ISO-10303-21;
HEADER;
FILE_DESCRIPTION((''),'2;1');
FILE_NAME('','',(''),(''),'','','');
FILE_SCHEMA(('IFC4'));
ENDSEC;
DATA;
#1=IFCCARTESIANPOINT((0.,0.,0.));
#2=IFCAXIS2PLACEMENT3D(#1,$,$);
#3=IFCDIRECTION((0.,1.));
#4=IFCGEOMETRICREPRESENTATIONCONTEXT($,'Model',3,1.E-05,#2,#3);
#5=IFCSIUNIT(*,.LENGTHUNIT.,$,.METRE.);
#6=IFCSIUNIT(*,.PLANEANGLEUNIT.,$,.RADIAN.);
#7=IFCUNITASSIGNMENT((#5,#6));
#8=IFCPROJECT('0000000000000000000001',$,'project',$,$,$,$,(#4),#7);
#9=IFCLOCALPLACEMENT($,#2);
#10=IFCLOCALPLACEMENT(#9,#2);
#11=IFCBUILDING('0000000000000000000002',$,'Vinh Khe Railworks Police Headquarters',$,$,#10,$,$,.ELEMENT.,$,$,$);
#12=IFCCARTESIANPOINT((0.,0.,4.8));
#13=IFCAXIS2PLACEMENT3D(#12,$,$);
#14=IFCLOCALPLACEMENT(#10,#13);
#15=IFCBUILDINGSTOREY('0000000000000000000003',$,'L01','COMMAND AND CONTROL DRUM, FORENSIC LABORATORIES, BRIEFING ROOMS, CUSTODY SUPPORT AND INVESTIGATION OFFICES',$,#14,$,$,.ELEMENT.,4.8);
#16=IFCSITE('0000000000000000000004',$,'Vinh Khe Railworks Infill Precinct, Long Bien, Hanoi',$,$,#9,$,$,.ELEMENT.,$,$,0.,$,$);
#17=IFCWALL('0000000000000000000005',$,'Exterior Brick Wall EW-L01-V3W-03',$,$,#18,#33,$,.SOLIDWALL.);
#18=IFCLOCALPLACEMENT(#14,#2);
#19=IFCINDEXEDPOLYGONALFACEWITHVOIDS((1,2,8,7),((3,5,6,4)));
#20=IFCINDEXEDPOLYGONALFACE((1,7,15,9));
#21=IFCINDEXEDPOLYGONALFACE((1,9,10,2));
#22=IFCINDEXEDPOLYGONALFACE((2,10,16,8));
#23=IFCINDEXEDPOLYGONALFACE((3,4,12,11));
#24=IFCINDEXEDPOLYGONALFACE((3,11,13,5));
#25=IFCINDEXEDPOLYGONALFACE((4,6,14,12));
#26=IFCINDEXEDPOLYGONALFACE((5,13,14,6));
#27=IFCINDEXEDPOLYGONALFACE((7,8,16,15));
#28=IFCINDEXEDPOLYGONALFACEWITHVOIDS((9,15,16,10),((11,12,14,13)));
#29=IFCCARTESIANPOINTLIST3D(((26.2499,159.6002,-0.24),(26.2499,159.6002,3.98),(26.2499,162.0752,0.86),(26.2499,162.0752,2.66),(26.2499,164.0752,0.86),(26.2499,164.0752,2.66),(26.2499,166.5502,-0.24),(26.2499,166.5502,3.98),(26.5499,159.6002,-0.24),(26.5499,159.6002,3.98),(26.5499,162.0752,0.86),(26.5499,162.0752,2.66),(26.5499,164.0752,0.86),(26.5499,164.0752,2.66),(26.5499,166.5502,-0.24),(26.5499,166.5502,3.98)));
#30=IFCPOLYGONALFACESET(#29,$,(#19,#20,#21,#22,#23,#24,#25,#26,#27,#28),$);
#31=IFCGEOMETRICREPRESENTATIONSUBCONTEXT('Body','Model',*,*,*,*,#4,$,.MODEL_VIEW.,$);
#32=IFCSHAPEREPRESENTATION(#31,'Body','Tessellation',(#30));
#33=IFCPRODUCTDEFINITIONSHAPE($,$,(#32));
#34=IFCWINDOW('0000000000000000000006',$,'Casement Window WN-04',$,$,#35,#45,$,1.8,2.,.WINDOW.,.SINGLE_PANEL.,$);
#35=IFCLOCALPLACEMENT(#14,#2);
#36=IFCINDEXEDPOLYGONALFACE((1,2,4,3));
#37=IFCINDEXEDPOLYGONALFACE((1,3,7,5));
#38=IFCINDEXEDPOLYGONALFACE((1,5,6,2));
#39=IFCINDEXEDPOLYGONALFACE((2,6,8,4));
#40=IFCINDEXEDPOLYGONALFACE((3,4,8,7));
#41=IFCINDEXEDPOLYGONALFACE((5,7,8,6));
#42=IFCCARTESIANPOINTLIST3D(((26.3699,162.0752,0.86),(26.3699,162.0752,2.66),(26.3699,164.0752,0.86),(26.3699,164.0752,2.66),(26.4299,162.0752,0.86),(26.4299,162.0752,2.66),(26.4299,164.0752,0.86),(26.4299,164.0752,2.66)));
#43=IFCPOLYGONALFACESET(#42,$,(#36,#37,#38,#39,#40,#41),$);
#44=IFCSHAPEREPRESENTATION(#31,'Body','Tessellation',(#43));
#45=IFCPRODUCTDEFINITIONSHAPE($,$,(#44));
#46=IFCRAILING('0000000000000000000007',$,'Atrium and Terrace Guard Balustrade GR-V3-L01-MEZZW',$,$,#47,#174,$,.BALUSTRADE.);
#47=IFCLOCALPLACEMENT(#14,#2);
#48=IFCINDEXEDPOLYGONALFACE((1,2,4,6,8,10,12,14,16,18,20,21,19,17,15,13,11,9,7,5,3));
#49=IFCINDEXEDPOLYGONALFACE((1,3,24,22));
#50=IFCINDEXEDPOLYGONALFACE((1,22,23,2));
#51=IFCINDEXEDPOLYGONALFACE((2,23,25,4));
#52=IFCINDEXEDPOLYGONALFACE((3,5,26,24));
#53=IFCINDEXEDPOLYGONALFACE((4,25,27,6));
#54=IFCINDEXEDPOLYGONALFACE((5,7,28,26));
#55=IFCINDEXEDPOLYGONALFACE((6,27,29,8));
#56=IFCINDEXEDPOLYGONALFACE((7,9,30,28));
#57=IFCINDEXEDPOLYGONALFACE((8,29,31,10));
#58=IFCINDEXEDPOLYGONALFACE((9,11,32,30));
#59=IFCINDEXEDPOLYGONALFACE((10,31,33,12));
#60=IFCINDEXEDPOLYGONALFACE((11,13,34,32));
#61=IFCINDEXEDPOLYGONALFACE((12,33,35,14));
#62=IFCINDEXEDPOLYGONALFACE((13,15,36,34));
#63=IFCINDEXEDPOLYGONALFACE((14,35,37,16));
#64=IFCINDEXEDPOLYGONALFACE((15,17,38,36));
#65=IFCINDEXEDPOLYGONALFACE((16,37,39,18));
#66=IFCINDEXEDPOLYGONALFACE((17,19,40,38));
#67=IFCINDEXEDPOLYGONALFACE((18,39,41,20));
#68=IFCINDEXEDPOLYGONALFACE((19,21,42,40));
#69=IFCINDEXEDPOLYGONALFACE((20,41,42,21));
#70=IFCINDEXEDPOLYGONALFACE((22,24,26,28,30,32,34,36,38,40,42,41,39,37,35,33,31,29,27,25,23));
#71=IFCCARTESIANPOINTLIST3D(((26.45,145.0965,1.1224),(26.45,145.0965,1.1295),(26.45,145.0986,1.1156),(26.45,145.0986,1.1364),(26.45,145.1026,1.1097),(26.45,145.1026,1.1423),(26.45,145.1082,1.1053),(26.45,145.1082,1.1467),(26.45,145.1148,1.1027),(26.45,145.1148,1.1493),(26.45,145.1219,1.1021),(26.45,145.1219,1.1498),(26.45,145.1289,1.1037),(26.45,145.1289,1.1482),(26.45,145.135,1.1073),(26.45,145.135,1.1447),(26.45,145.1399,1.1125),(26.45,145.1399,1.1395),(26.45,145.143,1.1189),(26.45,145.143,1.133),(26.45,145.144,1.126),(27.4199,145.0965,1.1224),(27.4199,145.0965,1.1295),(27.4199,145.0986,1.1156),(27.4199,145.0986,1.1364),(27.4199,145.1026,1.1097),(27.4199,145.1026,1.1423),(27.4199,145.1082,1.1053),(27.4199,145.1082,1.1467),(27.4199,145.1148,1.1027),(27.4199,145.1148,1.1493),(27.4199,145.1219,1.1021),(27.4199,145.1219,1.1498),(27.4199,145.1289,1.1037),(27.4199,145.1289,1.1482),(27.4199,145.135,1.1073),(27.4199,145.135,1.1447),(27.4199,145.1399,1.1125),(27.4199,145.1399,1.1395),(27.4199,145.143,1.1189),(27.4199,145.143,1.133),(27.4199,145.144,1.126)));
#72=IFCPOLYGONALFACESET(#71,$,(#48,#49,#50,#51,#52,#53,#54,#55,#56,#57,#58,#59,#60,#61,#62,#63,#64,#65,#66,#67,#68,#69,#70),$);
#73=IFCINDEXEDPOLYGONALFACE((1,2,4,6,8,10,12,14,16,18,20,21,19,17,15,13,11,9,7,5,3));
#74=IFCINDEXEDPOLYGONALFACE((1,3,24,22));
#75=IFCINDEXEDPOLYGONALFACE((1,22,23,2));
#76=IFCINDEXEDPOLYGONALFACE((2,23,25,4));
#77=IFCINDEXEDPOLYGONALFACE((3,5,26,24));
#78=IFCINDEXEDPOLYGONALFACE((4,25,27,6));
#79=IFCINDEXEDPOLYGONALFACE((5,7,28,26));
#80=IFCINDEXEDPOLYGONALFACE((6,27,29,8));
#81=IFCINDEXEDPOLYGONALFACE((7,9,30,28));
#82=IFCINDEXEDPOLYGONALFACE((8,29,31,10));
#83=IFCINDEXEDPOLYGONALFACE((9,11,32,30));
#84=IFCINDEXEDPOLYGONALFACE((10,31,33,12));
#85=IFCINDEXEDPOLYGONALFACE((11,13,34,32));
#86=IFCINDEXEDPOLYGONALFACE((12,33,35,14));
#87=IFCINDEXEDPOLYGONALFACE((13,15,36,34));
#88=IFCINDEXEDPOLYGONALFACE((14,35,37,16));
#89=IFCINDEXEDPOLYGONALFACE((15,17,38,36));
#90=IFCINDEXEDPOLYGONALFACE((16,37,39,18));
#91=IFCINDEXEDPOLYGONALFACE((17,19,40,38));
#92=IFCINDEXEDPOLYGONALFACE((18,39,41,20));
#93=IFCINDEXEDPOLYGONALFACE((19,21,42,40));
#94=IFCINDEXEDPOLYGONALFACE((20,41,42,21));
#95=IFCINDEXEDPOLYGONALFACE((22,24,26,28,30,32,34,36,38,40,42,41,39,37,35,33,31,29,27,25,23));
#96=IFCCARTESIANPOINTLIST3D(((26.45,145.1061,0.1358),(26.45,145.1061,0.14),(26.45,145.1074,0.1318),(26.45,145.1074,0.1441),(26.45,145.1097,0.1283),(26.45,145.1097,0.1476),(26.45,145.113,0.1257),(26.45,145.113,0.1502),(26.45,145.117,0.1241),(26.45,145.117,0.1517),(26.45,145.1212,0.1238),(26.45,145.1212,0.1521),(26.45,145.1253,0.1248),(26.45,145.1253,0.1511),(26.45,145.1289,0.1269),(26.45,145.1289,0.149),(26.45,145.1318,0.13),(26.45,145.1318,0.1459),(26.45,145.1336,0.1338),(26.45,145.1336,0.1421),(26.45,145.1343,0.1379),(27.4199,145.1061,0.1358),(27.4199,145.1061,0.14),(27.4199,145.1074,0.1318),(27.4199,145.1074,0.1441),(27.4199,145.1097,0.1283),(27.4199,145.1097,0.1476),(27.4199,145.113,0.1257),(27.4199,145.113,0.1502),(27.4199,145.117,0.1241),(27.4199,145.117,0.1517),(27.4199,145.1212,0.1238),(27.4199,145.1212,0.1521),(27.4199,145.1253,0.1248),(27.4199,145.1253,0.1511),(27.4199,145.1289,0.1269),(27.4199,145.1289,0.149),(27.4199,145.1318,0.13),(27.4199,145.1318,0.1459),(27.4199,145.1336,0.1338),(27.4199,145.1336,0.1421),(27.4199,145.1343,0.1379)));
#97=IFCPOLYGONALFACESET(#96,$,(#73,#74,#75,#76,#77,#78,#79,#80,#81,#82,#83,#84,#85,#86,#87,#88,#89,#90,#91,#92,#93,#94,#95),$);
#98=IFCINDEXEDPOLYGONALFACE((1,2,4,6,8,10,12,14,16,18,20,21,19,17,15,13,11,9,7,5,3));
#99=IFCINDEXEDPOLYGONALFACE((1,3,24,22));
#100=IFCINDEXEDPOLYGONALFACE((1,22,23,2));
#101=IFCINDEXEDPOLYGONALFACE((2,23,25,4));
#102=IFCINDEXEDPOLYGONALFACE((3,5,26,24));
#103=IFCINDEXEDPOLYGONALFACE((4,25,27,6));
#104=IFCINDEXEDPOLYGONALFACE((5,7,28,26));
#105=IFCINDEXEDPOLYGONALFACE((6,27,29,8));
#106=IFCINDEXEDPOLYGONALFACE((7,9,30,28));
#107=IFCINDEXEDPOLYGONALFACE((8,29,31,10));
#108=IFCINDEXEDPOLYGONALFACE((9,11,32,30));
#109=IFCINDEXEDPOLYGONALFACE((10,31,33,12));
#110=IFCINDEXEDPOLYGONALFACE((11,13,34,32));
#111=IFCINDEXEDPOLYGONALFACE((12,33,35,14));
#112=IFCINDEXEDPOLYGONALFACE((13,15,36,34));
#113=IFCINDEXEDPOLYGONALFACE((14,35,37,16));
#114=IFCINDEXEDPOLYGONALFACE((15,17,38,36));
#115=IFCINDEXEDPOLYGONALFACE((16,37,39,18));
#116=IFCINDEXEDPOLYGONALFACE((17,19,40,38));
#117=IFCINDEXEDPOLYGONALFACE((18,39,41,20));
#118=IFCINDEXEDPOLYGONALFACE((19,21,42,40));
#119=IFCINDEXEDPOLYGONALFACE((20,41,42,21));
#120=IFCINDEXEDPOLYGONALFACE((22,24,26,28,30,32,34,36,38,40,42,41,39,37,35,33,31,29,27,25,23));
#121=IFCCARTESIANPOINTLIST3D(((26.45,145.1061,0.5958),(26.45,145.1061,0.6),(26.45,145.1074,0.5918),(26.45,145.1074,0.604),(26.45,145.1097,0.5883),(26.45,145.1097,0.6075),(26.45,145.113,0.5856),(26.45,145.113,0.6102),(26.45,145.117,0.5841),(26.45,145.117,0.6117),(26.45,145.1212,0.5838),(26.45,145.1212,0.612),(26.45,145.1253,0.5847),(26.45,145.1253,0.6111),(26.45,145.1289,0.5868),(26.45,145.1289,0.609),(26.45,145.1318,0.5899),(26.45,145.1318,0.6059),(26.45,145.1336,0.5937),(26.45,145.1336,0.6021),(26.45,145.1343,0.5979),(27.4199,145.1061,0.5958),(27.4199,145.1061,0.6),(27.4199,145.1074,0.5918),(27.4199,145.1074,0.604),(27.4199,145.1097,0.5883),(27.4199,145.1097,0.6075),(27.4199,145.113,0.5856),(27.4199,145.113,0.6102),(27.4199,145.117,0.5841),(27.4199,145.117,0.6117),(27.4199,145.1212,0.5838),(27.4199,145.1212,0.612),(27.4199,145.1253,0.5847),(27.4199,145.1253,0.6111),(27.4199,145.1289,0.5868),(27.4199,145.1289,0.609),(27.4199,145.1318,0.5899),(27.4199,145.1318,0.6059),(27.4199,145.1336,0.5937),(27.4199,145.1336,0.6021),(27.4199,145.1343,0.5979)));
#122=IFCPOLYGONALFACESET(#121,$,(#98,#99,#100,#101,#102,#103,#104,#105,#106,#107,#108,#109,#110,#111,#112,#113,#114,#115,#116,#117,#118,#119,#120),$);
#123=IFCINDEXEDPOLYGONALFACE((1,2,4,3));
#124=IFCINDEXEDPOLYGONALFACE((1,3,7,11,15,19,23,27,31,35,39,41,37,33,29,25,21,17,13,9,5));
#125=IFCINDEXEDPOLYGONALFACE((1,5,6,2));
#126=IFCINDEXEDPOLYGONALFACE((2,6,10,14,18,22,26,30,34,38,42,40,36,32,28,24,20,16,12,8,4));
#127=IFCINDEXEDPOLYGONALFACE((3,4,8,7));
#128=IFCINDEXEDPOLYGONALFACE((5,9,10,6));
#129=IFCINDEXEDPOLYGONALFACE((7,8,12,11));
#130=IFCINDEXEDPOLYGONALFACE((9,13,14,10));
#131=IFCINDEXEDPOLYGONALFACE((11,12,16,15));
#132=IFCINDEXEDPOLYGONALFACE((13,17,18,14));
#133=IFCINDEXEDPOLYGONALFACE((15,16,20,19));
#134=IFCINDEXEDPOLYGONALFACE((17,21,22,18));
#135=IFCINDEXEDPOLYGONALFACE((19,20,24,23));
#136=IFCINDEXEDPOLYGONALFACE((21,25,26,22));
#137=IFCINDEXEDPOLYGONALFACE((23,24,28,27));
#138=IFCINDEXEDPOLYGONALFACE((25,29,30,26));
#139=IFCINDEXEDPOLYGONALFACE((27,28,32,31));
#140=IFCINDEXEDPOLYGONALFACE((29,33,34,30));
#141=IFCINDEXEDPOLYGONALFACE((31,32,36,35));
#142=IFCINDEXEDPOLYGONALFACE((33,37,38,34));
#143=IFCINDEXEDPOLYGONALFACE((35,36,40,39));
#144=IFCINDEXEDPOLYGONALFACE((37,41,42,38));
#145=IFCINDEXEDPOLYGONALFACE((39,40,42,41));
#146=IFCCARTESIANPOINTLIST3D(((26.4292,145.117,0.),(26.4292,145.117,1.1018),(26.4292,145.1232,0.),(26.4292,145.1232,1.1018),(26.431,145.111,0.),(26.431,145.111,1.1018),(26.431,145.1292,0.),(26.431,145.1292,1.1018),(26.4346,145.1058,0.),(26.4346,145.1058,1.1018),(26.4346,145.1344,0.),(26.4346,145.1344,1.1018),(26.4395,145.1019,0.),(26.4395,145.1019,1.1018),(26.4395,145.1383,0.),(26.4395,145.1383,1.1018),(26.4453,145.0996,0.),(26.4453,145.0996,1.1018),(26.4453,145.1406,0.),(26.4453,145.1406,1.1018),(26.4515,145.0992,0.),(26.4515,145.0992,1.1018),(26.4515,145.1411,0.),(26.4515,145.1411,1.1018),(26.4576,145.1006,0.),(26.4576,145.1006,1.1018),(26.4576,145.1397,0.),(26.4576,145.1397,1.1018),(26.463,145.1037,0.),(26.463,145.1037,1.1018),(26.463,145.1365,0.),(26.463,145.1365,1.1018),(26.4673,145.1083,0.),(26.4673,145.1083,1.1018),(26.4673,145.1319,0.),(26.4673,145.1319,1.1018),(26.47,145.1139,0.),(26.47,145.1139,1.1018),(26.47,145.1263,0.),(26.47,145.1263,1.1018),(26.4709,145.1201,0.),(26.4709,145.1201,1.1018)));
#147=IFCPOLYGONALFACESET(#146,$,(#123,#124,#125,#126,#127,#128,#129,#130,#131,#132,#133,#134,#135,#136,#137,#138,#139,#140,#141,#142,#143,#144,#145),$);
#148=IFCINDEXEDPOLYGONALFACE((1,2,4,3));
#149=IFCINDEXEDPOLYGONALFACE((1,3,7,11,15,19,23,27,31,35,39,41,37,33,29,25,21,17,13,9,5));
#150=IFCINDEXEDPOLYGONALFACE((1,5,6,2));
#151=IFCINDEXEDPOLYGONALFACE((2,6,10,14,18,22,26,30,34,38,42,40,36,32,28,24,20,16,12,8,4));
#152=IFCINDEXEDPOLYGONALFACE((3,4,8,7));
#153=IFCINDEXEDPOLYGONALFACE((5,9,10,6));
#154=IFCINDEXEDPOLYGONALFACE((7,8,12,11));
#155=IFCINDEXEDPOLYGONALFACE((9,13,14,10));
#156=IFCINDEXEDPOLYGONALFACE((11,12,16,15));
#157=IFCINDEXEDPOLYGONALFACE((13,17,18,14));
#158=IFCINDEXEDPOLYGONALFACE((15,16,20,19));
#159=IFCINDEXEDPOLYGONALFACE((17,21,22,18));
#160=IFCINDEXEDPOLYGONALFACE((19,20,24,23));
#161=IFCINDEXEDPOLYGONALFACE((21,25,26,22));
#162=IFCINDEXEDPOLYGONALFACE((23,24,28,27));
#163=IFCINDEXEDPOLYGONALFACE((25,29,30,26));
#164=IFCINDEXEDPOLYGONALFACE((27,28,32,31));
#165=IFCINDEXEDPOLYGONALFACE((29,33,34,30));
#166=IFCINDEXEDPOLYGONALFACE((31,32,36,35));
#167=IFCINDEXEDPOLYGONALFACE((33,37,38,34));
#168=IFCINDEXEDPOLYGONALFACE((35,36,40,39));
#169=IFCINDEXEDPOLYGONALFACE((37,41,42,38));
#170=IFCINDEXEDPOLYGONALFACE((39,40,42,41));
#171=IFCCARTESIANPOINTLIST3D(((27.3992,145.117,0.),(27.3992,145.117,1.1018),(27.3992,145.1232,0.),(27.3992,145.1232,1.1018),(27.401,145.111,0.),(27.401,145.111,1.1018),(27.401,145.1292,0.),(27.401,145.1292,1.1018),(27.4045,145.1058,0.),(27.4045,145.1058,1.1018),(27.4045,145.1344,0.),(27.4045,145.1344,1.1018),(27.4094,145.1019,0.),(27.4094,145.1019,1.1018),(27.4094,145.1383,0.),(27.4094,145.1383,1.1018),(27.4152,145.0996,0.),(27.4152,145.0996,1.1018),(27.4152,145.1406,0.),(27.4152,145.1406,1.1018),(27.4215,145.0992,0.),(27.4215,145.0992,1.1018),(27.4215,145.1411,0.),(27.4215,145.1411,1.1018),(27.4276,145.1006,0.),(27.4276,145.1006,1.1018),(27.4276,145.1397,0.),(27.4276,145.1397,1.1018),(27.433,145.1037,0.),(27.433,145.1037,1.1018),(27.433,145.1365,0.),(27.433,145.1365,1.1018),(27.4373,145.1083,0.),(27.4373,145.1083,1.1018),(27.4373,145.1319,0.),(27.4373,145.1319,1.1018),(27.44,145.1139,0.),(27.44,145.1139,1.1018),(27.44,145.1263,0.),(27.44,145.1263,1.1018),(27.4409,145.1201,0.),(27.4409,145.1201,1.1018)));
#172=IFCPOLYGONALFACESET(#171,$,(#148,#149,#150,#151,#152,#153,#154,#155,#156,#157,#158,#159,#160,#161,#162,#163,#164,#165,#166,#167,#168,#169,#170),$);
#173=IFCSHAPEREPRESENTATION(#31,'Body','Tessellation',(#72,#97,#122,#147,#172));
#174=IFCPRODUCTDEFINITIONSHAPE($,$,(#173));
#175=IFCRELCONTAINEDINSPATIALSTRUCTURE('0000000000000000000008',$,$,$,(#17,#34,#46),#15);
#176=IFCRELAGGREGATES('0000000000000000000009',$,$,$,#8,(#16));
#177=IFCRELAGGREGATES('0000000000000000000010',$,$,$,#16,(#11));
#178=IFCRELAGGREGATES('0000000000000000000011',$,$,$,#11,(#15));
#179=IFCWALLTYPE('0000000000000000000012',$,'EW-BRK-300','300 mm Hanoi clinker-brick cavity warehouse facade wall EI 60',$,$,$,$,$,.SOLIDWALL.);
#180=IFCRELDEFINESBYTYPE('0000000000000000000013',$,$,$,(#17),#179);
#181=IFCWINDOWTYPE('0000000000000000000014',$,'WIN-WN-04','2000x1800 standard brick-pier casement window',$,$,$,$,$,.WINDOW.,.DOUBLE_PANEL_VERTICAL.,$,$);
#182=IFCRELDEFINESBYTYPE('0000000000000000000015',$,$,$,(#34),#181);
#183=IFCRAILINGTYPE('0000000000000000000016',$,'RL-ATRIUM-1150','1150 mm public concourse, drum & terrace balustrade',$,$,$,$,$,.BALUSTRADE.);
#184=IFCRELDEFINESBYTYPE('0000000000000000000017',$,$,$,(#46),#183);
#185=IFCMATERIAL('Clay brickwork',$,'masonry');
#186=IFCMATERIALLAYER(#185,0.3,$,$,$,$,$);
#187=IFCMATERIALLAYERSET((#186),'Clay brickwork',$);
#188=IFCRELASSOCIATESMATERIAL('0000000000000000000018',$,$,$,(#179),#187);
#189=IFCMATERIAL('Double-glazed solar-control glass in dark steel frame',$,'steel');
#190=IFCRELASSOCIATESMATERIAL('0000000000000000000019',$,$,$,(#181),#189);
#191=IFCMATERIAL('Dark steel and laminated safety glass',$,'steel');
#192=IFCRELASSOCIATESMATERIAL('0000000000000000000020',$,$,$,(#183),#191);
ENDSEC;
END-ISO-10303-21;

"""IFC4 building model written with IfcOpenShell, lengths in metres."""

from ifc_helpers import new_model, si_unit, direction, frame, frame_2d, origin, origin_2d, place, context, subcontext, project, spatial, rectangle, circle, extrude, material, layer, layer_set, type_object, element, fill, save


model = new_model("IFC4")

# Units and contexts
model_context = context("Model", 3, precision=1e-05, world=origin(), true_north=direction((0.0, 1.0)))
body_context = subcontext(model_context, "Body", "Model", "MODEL_VIEW")
ifc_project = project(units=[si_unit("LENGTHUNIT", "METRE"), si_unit("PLANEANGLEUNIT", "RADIAN")], contexts=[model_context])

# Site, building, storey
site_placement = place(None, origin())
site = spatial("IfcSite", under=ifc_project, at=site_placement, Name="Vinh Khe Railworks Infill Precinct, Long Bien, Hanoi", CompositionType="ELEMENT", RefElevation=0.0)
building_placement = place(site_placement, origin())
building = spatial("IfcBuilding", under=site, at=building_placement, Name="Vinh Khe Railworks Police Headquarters", CompositionType="ELEMENT")
storey_placement = place(building_placement, frame((0.0, 0.0, 4.8)))
storey = spatial("IfcBuildingStorey", under=building, at=storey_placement, Name="L01", Description="COMMAND AND CONTROL DRUM, FORENSIC LABORATORIES, BRIEFING ROOMS, CUSTODY SUPPORT AND INVESTIGATION OFFICES", CompositionType="ELEMENT", Elevation=4.8)

# Shared definitions
ifc_material_1 = material(Name="Clay brickwork", Category="masonry")
ifc_layer_1 = layer(ifc_material_1, 0.3)
ifc_layer_set_1 = layer_set([ifc_layer_1], Name="Clay brickwork")
wall_type_1 = type_object("IfcWallType", Name="EW-BRK-300", Description="300 mm Hanoi clinker-brick cavity warehouse facade wall EI 60", PredefinedType="SOLIDWALL", material=ifc_layer_set_1)
ifc_material_2 = material(Name="Double-glazed solar-control glass in dark steel frame", Category="steel")
window_type_1 = type_object("IfcWindowType", Name="WIN-WN-04", Description="2000x1800 standard brick-pier casement window", PartitioningType="DOUBLE_PANEL_VERTICAL", PredefinedType="WINDOW", material=ifc_material_2)

# Wall, opening, window
wall_1_placement = place(storey_placement, frame((26.3999, 159.6001, -0.24), z_axis=(0.0, 0.0, 1.0), x_axis=(0.0, 1.0, 0.0)))
wall_1 = element("IfcWall", 1, at=wall_1_placement, inside=storey, type_object=wall_type_1, Name="Exterior Brick Wall EW-L01-V3W-03", PredefinedType="SOLIDWALL", context=body_context, shape_type="SweptSolid", body=[
    extrude(rectangle(XDim=6.95, YDim=0.3, at=frame_2d((3.4751, 0.0))), origin(), (0.0, 0.0, 1.0), 4.22),
])
opening_1_placement = place(wall_1_placement, frame((2.4751, 0.0, 1.1001)))
opening_1 = element("IfcOpeningElement", 2, at=opening_1_placement, cuts=wall_1, PredefinedType="OPENING", context=body_context, shape_type="SweptSolid", body=[
    extrude(rectangle(XDim=2.0, YDim=1.8, at=frame_2d((1.0, 0.8999))), frame((0.0, 0.165, 0.0), z_axis=(0.0, -1.0, 0.0), x_axis=(1.0, 0.0, 0.0)), (0.0, 0.0, 1.0), 0.3298),
])
window_1_placement = place(opening_1_placement, origin())
window_1 = element("IfcWindow", 3, at=window_1_placement, inside=storey, type_object=window_type_1, Name="Casement Window WN-04", OverallHeight=1.8, OverallWidth=2.0, PartitioningType="SINGLE_PANEL", PredefinedType="WINDOW", context=body_context, shape_type="SweptSolid", body=[
    extrude(rectangle(XDim=2.0, YDim=1.8, at=frame_2d((1.0, 0.8999))), frame((0.0, 0.03, 0.0), z_axis=(0.0, -1.0, 0.0), x_axis=(1.0, 0.0, 0.0)), (0.0, 0.0, 1.0), 0.0601),
])
fill(opening_1, window_1)

# Railing
ifc_material_3 = material(Name="Dark steel and laminated safety glass", Category="steel")
railing_type_1 = type_object("IfcRailingType", Name="RL-ATRIUM-1150", Description="1150 mm public concourse, drum & terrace balustrade", PredefinedType="BALUSTRADE", material=ifc_material_3)
railing_1_placement = place(storey_placement, frame((26.45, 145.1201, 0.0)))
element("IfcRailing", 4, at=railing_1_placement, inside=storey, type_object=railing_type_1, Name="Atrium and Terrace Guard Balustrade GR-V3-L01-MEZZW", PredefinedType="BALUSTRADE", context=body_context, shape_type="SweptSolid", body=[
    extrude(circle(Radius=0.0239, at=origin_2d()), frame((0.0, 0.0, 1.126), z_axis=(1.0, 0.0, 0.0), x_axis=(0.0, 1.0, 0.0)), (0.0, 0.0, 1.0), 0.97),
    extrude(circle(Radius=0.0142, at=origin_2d()), frame((0.0, 0.0, 0.1379), z_axis=(1.0, 0.0, 0.0), x_axis=(0.0, 1.0, 0.0)), (0.0, 0.0, 1.0), 0.97),
    extrude(circle(Radius=0.0142, at=origin_2d()), frame((0.0, 0.0, 0.5979), z_axis=(1.0, 0.0, 0.0), x_axis=(0.0, 1.0, 0.0)), (0.0, 0.0, 1.0), 0.97),
    extrude(circle(Radius=0.021, at=origin_2d()), origin(), (0.0, 0.0, 1.0), 1.1018),
    extrude(circle(Radius=0.021, at=origin_2d()), frame((0.97, 0.0, 0.0)), (0.0, 0.0, 1.0), 1.1018),
])

save(model, "model.ifc")
